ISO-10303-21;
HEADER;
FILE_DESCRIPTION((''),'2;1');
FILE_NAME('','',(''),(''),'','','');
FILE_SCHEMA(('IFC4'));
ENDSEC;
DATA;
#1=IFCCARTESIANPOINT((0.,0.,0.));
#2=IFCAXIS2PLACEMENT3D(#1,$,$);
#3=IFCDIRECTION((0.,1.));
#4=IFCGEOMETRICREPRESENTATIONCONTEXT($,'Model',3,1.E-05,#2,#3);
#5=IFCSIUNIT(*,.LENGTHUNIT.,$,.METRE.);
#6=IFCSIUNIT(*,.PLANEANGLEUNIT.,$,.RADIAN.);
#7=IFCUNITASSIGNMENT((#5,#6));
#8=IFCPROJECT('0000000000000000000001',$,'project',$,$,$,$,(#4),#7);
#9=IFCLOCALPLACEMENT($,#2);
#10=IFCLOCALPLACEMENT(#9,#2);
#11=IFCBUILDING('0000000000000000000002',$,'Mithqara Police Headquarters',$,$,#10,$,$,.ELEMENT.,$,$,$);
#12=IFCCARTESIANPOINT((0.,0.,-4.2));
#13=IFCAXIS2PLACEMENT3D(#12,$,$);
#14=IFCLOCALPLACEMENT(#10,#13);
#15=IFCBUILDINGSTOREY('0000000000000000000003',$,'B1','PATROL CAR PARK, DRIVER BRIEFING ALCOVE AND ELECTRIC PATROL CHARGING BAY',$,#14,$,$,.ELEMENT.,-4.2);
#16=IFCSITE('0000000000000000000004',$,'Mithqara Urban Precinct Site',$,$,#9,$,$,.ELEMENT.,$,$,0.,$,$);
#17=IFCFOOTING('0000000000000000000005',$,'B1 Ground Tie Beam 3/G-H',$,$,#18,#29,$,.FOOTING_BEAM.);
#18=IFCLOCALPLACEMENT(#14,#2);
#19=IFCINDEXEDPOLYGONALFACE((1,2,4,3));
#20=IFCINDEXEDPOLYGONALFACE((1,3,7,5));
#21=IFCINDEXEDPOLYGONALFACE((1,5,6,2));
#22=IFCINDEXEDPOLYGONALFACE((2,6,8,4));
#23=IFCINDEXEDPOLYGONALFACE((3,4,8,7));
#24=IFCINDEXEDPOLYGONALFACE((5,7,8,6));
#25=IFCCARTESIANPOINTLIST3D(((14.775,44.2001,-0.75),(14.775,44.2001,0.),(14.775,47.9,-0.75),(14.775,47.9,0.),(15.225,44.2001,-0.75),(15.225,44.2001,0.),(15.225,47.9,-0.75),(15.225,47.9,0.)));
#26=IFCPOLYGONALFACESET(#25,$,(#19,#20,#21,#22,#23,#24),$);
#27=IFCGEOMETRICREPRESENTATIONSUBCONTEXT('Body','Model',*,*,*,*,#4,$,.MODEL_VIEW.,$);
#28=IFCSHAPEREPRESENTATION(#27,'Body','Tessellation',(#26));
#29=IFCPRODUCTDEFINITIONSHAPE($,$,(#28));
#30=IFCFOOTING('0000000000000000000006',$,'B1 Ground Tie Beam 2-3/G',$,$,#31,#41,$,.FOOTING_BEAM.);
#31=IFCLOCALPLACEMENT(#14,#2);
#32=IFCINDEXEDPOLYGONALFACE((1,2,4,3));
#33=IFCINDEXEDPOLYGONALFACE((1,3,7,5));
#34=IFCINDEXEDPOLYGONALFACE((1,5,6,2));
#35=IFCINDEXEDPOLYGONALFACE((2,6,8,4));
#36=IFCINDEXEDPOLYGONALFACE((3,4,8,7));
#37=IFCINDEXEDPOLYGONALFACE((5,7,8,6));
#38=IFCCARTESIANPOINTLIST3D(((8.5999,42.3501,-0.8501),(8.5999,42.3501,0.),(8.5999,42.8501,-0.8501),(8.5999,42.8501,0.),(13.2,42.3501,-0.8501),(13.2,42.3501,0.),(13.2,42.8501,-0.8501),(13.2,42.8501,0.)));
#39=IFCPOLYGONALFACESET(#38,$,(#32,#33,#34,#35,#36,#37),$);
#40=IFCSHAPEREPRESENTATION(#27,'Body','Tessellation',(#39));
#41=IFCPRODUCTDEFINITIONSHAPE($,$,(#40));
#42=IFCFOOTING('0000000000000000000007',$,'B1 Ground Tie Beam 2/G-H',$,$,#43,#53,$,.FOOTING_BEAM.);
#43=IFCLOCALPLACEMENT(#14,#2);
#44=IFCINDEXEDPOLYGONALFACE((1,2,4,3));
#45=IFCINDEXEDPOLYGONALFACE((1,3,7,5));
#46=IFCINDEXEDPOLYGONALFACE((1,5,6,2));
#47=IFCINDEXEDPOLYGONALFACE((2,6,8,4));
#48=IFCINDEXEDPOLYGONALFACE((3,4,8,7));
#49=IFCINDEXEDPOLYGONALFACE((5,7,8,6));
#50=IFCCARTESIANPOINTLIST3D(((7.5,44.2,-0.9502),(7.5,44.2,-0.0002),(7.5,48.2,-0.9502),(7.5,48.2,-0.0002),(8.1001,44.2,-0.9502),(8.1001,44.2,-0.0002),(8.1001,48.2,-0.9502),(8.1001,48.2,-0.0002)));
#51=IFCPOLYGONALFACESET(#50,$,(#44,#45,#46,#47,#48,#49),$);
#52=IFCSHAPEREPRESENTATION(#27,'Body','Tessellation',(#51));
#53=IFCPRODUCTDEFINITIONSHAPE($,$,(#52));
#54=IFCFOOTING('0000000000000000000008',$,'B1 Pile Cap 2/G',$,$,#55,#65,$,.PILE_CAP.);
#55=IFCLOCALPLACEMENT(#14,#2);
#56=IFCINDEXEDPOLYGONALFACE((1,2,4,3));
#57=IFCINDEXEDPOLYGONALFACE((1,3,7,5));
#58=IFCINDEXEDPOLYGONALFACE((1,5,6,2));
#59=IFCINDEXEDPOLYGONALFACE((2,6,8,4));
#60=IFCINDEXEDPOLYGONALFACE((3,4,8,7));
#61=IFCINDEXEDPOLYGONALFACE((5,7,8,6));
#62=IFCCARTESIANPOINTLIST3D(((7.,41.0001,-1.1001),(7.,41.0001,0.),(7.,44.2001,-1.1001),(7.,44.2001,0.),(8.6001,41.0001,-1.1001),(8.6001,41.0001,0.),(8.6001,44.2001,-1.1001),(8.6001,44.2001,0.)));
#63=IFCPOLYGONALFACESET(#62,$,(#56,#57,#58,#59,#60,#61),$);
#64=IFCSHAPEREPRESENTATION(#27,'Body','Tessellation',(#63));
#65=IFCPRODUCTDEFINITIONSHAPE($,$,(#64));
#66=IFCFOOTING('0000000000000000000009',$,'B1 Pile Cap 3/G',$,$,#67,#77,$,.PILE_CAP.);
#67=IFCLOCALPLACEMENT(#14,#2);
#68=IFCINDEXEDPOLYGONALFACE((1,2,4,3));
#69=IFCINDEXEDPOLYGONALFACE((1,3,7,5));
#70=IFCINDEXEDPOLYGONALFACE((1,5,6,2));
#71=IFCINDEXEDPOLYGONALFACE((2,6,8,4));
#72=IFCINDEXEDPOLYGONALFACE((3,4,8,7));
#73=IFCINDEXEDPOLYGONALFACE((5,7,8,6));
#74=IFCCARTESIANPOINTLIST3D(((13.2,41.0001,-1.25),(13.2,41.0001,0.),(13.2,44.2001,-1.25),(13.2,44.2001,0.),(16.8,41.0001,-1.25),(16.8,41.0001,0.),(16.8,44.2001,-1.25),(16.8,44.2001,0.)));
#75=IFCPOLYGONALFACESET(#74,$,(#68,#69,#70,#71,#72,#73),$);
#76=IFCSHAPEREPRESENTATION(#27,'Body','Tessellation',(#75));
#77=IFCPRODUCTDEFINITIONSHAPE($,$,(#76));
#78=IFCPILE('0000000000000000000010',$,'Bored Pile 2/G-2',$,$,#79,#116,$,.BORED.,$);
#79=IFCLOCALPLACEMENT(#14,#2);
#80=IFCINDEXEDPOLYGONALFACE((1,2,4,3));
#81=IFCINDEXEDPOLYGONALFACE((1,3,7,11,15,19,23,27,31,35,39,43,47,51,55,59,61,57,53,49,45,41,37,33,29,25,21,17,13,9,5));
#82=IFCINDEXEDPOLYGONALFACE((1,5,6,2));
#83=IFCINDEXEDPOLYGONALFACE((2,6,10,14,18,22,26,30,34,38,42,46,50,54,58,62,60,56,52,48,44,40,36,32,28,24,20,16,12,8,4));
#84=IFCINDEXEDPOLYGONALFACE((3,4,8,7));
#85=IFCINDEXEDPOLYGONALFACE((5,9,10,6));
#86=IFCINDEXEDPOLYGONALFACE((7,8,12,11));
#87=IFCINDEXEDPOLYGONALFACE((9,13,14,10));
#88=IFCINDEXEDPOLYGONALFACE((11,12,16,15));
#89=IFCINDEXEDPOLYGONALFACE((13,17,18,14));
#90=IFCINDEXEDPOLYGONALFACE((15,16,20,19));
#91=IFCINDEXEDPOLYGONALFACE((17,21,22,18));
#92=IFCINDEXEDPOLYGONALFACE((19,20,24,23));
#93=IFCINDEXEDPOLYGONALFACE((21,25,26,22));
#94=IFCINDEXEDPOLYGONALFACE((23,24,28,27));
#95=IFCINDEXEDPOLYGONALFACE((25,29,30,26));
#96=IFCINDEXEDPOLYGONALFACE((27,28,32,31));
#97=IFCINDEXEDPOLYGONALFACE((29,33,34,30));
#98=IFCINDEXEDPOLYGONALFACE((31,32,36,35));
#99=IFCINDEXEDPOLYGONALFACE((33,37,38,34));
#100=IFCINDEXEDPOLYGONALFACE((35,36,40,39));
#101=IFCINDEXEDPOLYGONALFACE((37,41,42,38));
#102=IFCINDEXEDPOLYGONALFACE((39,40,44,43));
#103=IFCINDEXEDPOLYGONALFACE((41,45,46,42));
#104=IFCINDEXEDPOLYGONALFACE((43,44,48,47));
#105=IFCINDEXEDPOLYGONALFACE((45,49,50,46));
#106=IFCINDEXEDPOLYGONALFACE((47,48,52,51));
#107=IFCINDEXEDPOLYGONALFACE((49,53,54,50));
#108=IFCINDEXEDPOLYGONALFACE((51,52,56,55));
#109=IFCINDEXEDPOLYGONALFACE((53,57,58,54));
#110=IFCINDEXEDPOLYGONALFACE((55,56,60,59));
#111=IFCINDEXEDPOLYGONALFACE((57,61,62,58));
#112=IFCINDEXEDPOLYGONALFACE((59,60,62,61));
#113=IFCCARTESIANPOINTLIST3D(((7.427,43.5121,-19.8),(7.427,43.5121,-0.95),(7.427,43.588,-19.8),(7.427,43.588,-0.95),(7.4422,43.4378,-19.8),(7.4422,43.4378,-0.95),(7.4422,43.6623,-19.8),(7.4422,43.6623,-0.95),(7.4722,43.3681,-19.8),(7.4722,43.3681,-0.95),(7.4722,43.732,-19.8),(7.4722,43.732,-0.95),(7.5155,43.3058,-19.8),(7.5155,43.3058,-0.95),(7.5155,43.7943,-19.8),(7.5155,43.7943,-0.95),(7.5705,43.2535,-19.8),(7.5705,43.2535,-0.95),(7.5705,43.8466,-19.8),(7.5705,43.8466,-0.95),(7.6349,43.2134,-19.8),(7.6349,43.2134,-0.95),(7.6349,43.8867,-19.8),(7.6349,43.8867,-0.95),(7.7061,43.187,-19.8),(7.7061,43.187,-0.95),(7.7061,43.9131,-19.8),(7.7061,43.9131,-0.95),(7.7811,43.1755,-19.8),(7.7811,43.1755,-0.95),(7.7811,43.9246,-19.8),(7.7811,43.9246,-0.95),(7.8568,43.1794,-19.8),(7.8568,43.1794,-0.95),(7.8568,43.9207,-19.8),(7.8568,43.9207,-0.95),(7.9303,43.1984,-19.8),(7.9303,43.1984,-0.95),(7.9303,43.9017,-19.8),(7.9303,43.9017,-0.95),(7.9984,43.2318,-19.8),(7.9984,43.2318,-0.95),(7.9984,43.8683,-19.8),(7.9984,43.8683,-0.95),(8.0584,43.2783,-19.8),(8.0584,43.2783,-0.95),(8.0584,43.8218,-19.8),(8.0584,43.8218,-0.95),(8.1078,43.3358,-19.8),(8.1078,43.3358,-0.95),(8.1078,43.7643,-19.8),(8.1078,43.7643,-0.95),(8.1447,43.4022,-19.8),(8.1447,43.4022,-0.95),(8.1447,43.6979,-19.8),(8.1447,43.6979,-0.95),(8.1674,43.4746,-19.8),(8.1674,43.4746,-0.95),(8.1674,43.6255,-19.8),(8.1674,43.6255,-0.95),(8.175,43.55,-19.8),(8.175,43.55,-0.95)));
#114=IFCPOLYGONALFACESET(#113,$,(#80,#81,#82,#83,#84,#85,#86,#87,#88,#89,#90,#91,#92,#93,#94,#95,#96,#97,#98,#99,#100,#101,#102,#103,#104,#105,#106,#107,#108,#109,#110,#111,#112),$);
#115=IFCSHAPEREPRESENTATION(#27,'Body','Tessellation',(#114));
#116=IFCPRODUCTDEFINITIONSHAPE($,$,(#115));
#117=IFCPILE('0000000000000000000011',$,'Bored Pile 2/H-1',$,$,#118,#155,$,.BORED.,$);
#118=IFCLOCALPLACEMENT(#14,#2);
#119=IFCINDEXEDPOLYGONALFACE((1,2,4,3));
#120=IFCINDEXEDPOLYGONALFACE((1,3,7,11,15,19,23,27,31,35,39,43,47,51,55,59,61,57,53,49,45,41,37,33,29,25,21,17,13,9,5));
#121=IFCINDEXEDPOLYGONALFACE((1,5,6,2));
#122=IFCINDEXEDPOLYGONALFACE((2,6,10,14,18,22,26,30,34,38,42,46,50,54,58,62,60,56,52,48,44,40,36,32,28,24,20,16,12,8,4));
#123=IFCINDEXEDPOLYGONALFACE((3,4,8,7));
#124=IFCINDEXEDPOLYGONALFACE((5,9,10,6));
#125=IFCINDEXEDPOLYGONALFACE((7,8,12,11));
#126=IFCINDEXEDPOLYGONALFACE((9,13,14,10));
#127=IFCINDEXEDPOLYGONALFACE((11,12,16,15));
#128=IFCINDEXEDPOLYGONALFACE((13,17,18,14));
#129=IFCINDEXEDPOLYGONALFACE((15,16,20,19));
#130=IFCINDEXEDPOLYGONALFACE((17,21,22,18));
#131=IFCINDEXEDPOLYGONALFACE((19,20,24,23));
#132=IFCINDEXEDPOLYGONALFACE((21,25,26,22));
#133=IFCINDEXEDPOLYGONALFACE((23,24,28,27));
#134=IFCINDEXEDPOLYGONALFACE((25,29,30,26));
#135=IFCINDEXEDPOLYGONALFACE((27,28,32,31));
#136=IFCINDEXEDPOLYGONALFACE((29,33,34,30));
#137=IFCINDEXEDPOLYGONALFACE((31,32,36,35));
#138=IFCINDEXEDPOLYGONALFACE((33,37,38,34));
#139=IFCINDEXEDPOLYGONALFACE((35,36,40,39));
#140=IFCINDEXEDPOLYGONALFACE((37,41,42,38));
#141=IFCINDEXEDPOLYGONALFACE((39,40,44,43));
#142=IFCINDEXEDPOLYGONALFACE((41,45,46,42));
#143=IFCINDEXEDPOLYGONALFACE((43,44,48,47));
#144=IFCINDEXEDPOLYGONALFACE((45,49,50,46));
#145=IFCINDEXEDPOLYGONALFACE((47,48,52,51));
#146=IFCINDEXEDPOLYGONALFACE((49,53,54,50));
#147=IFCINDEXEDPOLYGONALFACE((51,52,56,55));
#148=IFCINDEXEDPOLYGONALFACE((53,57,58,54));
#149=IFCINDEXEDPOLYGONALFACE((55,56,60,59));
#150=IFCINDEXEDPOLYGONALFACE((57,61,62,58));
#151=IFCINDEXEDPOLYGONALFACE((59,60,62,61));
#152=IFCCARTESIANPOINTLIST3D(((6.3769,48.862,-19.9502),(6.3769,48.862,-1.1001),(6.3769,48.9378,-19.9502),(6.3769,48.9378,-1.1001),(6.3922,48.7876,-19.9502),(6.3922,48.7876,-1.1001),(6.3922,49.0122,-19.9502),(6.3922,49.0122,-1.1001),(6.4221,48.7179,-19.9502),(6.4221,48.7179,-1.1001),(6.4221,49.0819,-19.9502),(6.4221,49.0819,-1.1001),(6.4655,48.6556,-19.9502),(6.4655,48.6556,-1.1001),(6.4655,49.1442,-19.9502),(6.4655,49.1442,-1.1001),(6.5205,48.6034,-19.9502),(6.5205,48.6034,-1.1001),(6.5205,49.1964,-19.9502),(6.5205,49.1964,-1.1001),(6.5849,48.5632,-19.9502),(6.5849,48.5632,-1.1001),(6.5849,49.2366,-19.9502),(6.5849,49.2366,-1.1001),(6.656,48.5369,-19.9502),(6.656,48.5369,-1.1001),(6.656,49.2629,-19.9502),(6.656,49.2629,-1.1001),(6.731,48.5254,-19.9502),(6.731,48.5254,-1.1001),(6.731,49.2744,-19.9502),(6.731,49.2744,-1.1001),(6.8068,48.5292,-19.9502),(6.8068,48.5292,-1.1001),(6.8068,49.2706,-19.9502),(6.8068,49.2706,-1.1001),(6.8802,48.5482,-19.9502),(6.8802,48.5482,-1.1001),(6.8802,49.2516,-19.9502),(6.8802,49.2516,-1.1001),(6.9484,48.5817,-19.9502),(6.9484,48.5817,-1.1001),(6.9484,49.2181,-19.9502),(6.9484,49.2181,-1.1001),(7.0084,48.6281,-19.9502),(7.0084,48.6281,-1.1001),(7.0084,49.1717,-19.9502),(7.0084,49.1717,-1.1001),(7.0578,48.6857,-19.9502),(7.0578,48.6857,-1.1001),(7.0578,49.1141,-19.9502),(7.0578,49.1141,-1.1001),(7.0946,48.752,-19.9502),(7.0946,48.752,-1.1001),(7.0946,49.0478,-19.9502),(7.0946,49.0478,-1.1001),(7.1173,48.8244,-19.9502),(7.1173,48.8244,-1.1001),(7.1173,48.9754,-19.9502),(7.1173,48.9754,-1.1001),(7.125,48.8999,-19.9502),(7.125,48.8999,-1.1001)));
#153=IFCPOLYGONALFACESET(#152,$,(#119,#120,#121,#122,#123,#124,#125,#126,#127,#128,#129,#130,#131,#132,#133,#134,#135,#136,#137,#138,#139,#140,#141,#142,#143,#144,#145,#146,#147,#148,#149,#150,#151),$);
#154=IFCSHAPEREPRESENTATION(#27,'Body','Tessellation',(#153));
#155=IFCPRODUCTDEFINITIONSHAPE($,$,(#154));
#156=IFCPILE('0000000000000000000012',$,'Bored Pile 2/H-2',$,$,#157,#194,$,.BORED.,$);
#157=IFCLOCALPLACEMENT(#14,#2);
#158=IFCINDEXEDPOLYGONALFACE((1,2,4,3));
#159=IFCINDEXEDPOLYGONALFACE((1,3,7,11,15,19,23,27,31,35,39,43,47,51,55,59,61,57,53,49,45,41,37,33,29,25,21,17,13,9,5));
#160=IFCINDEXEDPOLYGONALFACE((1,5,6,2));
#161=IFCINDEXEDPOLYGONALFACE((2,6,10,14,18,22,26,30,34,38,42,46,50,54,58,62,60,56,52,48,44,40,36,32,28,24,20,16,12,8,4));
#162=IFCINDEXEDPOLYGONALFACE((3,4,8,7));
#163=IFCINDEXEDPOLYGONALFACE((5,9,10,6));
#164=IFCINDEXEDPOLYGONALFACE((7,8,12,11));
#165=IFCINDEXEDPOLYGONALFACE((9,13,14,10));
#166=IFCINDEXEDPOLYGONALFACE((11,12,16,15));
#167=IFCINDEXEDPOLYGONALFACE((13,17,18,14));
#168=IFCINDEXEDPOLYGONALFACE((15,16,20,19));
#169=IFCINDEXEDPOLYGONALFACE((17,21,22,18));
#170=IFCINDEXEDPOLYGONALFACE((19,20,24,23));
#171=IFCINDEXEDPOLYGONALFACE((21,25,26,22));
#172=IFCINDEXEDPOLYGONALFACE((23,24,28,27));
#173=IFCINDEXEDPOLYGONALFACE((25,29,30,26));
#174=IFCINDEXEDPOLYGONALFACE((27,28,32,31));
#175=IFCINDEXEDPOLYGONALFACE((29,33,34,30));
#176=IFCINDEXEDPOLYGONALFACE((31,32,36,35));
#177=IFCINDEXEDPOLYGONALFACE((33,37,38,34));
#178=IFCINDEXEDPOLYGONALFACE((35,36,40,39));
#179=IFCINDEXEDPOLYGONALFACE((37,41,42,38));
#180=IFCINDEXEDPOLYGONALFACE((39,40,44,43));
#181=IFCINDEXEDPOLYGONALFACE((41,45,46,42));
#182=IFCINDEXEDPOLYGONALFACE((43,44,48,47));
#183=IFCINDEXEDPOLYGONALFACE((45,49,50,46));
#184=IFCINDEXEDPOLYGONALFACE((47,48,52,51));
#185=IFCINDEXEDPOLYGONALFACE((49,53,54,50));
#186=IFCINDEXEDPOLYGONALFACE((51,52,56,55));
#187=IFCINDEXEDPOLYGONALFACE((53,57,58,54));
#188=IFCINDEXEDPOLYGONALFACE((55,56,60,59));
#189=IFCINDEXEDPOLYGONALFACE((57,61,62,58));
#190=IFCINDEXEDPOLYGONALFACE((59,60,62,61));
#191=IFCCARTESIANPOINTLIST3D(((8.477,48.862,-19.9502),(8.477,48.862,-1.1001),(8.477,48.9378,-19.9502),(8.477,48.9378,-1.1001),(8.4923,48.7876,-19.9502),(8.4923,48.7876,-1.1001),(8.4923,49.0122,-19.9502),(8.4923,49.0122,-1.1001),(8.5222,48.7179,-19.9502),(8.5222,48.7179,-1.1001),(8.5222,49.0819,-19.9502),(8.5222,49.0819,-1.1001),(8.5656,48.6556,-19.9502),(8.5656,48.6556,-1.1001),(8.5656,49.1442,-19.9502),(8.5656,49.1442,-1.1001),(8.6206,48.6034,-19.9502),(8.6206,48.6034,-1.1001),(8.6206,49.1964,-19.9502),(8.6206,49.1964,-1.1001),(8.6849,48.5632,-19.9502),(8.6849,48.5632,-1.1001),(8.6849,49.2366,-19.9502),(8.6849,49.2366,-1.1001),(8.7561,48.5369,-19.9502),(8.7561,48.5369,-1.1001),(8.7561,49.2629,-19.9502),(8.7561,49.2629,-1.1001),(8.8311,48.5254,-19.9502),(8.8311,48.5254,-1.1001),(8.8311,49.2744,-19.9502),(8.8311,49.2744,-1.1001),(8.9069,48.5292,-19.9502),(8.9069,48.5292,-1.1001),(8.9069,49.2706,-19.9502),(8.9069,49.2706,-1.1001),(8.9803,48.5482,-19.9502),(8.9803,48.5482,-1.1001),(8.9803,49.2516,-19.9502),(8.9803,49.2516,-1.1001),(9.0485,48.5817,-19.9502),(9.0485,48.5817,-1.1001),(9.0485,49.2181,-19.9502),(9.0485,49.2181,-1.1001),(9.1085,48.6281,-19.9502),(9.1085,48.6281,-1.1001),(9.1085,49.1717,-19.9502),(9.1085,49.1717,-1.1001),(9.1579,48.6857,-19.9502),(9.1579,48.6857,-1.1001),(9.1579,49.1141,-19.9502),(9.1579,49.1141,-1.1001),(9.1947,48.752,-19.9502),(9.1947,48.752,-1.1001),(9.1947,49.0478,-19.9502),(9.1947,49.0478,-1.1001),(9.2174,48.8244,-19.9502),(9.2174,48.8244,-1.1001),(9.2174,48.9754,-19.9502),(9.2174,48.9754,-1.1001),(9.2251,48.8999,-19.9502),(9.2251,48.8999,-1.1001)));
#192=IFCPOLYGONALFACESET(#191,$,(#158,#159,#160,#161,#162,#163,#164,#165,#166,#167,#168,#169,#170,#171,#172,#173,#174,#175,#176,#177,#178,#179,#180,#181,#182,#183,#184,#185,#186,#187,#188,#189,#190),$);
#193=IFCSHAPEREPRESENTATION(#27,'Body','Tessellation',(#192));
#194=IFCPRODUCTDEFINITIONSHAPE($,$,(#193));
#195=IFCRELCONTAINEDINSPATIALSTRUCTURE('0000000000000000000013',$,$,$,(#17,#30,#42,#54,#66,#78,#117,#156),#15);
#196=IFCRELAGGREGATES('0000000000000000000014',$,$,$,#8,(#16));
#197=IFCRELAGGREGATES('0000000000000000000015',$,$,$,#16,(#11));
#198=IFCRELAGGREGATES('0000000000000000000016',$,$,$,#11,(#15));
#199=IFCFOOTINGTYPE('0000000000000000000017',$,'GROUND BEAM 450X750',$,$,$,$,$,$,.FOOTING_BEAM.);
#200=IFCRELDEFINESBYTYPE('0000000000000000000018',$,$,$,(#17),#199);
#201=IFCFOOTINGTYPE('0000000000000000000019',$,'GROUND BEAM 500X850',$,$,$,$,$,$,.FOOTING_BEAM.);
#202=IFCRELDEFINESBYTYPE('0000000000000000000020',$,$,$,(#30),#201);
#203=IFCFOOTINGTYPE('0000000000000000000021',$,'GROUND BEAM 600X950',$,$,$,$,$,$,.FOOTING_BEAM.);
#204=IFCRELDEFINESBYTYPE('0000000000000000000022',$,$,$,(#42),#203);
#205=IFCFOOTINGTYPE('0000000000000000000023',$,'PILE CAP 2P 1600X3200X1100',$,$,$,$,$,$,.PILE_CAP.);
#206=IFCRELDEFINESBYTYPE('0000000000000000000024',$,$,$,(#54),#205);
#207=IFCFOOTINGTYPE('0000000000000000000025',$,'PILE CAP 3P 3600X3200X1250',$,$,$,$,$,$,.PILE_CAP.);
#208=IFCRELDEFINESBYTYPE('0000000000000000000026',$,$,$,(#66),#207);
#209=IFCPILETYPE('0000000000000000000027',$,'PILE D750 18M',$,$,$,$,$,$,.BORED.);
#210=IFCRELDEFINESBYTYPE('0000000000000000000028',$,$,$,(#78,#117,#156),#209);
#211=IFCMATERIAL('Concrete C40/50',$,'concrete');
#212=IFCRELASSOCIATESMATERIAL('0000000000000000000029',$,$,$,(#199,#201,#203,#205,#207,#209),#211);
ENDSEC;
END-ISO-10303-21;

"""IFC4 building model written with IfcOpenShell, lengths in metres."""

from ifc_helpers import new_model, si_unit, direction, frame, origin, origin_2d, place, context, subcontext, project, spatial, rectangle, circle, extrude, material, material_profile, profile_set, type_object, element, save


model = new_model("IFC4")

# Units and contexts
model_context = context("Model", 3, precision=1e-05, world=origin(), true_north=direction((0.0, 1.0)))
body_context = subcontext(model_context, "Body", "Model", "MODEL_VIEW")
ifc_project = project(units=[si_unit("LENGTHUNIT", "METRE"), si_unit("PLANEANGLEUNIT", "RADIAN")], contexts=[model_context])

# Site, building, storey
site_placement = place(None, origin())
site = spatial("IfcSite", under=ifc_project, at=site_placement, Name="Mithqara Urban Precinct Site", CompositionType="ELEMENT", RefElevation=0.0)
building_placement = place(site_placement, origin())
building = spatial("IfcBuilding", under=site, at=building_placement, Name="Mithqara Police Headquarters", CompositionType="ELEMENT")
storey_placement = place(building_placement, frame((0.0, 0.0, -4.2)))
storey = spatial("IfcBuildingStorey", under=building, at=storey_placement, Name="B1", Description="PATROL CAR PARK, DRIVER BRIEFING ALCOVE AND ELECTRIC PATROL CHARGING BAY", CompositionType="ELEMENT", Elevation=-4.2)

# Footings
ifc_material_1 = material(Name="Concrete C40/50", Category="concrete")
footing_type_1 = type_object("IfcFootingType", Name="GROUND BEAM 450X750", PredefinedType="FOOTING_BEAM", material=ifc_material_1)
footing_1_placement = place(storey_placement, frame((15.0, 46.05, -0.75), z_axis=(0.0, 0.0, 1.0), x_axis=(1.0, 0.0, 0.0)))
element("IfcFooting", 1, at=footing_1_placement, inside=storey, type_object=footing_type_1, Name="B1 Ground Tie Beam 3/G-H", PredefinedType="FOOTING_BEAM", context=body_context, shape_type="SweptSolid", body=[
    extrude(rectangle(XDim=0.45, YDim=3.7, at=origin_2d()), origin(), (0.0, 0.0, 1.0), 0.75),
])
footing_type_2 = type_object("IfcFootingType", Name="GROUND BEAM 500X850", PredefinedType="FOOTING_BEAM", material=ifc_material_1)
footing_2_placement = place(storey_placement, frame((10.8999, 42.6001, -0.8501), z_axis=(0.0, 0.0, 1.0), x_axis=(1.0, 0.0, 0.0)))
element("IfcFooting", 2, at=footing_2_placement, inside=storey, type_object=footing_type_2, Name="B1 Ground Tie Beam 2-3/G", PredefinedType="FOOTING_BEAM", context=body_context, shape_type="SweptSolid", body=[
    extrude(rectangle(XDim=4.6001, YDim=0.5, at=origin_2d()), origin(), (0.0, 0.0, 1.0), 0.8501),
])
footing_type_3 = type_object("IfcFootingType", Name="GROUND BEAM 600X950", PredefinedType="FOOTING_BEAM", material=ifc_material_1)
footing_3_placement = place(storey_placement, frame((7.8, 46.2, -0.9502), z_axis=(0.0, 0.0, 1.0), x_axis=(1.0, 0.0, 0.0)))
element("IfcFooting", 3, at=footing_3_placement, inside=storey, type_object=footing_type_3, Name="B1 Ground Tie Beam 2/G-H", PredefinedType="FOOTING_BEAM", context=body_context, shape_type="SweptSolid", body=[
    extrude(rectangle(XDim=0.6001, YDim=4.0, at=origin_2d()), origin(), (0.0, 0.0, 1.0), 0.95),
])
footing_type_4 = type_object("IfcFootingType", Name="PILE CAP 2P 1600X3200X1100", PredefinedType="PILE_CAP", material=ifc_material_1)
footing_4_placement = place(storey_placement, frame((7.8, 42.6001, -1.1001), z_axis=(0.0, 0.0, 1.0), x_axis=(1.0, 0.0, 0.0)))
element("IfcFooting", 4, at=footing_4_placement, inside=storey, type_object=footing_type_4, Name="B1 Pile Cap 2/G", PredefinedType="PILE_CAP", context=body_context, shape_type="SweptSolid", body=[
    extrude(rectangle(XDim=1.6001, YDim=3.2, at=origin_2d()), origin(), (0.0, 0.0, 1.0), 1.1001),
])
footing_type_5 = type_object("IfcFootingType", Name="PILE CAP 3P 3600X3200X1250", PredefinedType="PILE_CAP", material=ifc_material_1)
footing_5_placement = place(storey_placement, frame((15.0, 42.6001, -1.25), z_axis=(0.0, 0.0, 1.0), x_axis=(1.0, 0.0, 0.0)))
element("IfcFooting", 5, at=footing_5_placement, inside=storey, type_object=footing_type_5, Name="B1 Pile Cap 3/G", PredefinedType="PILE_CAP", context=body_context, shape_type="SweptSolid", body=[
    extrude(rectangle(XDim=3.6001, YDim=3.2, at=origin_2d()), origin(), (0.0, 0.0, 1.0), 1.25),
])

# Piles
ifc_material_profile_1 = material_profile(ifc_material_1, circle(Radius=0.375, at=origin_2d()), Name="PILE D750")
ifc_profile_set_1 = profile_set([ifc_material_profile_1], Name="Concrete C40/50")
pile_type_1 = type_object("IfcPileType", Name="PILE D750 18M", PredefinedType="BORED", material=ifc_profile_set_1)
for number, where, z_axis, x_axis, name in (
    (6, (7.8, 43.55, -0.95), (0.0, 0.0, -1.0), (1.0, 0.0, 0.0), "Bored Pile 2/G-2"),
    (7, (6.75, 48.8999, -1.1001), (0.0, 0.0, -1.0), (1.0, 0.0, 0.0), "Bored Pile 2/H-1"),
    (8, (8.8501, 48.8999, -1.1001), (0.0, 0.0, -1.0), (1.0, 0.0, 0.0), "Bored Pile 2/H-2"),
):
    element("IfcPile", number, at=place(storey_placement, frame(where, z_axis=z_axis, x_axis=x_axis)), inside=storey, type_object=pile_type_1, Name=name, PredefinedType="BORED", context=body_context, shape_type="SweptSolid", body=[
        extrude(circle(Radius=0.375, at=origin_2d()), origin(), (0.0, 0.0, 1.0), 18.8501),
    ])

save(model, "model.ifc")
